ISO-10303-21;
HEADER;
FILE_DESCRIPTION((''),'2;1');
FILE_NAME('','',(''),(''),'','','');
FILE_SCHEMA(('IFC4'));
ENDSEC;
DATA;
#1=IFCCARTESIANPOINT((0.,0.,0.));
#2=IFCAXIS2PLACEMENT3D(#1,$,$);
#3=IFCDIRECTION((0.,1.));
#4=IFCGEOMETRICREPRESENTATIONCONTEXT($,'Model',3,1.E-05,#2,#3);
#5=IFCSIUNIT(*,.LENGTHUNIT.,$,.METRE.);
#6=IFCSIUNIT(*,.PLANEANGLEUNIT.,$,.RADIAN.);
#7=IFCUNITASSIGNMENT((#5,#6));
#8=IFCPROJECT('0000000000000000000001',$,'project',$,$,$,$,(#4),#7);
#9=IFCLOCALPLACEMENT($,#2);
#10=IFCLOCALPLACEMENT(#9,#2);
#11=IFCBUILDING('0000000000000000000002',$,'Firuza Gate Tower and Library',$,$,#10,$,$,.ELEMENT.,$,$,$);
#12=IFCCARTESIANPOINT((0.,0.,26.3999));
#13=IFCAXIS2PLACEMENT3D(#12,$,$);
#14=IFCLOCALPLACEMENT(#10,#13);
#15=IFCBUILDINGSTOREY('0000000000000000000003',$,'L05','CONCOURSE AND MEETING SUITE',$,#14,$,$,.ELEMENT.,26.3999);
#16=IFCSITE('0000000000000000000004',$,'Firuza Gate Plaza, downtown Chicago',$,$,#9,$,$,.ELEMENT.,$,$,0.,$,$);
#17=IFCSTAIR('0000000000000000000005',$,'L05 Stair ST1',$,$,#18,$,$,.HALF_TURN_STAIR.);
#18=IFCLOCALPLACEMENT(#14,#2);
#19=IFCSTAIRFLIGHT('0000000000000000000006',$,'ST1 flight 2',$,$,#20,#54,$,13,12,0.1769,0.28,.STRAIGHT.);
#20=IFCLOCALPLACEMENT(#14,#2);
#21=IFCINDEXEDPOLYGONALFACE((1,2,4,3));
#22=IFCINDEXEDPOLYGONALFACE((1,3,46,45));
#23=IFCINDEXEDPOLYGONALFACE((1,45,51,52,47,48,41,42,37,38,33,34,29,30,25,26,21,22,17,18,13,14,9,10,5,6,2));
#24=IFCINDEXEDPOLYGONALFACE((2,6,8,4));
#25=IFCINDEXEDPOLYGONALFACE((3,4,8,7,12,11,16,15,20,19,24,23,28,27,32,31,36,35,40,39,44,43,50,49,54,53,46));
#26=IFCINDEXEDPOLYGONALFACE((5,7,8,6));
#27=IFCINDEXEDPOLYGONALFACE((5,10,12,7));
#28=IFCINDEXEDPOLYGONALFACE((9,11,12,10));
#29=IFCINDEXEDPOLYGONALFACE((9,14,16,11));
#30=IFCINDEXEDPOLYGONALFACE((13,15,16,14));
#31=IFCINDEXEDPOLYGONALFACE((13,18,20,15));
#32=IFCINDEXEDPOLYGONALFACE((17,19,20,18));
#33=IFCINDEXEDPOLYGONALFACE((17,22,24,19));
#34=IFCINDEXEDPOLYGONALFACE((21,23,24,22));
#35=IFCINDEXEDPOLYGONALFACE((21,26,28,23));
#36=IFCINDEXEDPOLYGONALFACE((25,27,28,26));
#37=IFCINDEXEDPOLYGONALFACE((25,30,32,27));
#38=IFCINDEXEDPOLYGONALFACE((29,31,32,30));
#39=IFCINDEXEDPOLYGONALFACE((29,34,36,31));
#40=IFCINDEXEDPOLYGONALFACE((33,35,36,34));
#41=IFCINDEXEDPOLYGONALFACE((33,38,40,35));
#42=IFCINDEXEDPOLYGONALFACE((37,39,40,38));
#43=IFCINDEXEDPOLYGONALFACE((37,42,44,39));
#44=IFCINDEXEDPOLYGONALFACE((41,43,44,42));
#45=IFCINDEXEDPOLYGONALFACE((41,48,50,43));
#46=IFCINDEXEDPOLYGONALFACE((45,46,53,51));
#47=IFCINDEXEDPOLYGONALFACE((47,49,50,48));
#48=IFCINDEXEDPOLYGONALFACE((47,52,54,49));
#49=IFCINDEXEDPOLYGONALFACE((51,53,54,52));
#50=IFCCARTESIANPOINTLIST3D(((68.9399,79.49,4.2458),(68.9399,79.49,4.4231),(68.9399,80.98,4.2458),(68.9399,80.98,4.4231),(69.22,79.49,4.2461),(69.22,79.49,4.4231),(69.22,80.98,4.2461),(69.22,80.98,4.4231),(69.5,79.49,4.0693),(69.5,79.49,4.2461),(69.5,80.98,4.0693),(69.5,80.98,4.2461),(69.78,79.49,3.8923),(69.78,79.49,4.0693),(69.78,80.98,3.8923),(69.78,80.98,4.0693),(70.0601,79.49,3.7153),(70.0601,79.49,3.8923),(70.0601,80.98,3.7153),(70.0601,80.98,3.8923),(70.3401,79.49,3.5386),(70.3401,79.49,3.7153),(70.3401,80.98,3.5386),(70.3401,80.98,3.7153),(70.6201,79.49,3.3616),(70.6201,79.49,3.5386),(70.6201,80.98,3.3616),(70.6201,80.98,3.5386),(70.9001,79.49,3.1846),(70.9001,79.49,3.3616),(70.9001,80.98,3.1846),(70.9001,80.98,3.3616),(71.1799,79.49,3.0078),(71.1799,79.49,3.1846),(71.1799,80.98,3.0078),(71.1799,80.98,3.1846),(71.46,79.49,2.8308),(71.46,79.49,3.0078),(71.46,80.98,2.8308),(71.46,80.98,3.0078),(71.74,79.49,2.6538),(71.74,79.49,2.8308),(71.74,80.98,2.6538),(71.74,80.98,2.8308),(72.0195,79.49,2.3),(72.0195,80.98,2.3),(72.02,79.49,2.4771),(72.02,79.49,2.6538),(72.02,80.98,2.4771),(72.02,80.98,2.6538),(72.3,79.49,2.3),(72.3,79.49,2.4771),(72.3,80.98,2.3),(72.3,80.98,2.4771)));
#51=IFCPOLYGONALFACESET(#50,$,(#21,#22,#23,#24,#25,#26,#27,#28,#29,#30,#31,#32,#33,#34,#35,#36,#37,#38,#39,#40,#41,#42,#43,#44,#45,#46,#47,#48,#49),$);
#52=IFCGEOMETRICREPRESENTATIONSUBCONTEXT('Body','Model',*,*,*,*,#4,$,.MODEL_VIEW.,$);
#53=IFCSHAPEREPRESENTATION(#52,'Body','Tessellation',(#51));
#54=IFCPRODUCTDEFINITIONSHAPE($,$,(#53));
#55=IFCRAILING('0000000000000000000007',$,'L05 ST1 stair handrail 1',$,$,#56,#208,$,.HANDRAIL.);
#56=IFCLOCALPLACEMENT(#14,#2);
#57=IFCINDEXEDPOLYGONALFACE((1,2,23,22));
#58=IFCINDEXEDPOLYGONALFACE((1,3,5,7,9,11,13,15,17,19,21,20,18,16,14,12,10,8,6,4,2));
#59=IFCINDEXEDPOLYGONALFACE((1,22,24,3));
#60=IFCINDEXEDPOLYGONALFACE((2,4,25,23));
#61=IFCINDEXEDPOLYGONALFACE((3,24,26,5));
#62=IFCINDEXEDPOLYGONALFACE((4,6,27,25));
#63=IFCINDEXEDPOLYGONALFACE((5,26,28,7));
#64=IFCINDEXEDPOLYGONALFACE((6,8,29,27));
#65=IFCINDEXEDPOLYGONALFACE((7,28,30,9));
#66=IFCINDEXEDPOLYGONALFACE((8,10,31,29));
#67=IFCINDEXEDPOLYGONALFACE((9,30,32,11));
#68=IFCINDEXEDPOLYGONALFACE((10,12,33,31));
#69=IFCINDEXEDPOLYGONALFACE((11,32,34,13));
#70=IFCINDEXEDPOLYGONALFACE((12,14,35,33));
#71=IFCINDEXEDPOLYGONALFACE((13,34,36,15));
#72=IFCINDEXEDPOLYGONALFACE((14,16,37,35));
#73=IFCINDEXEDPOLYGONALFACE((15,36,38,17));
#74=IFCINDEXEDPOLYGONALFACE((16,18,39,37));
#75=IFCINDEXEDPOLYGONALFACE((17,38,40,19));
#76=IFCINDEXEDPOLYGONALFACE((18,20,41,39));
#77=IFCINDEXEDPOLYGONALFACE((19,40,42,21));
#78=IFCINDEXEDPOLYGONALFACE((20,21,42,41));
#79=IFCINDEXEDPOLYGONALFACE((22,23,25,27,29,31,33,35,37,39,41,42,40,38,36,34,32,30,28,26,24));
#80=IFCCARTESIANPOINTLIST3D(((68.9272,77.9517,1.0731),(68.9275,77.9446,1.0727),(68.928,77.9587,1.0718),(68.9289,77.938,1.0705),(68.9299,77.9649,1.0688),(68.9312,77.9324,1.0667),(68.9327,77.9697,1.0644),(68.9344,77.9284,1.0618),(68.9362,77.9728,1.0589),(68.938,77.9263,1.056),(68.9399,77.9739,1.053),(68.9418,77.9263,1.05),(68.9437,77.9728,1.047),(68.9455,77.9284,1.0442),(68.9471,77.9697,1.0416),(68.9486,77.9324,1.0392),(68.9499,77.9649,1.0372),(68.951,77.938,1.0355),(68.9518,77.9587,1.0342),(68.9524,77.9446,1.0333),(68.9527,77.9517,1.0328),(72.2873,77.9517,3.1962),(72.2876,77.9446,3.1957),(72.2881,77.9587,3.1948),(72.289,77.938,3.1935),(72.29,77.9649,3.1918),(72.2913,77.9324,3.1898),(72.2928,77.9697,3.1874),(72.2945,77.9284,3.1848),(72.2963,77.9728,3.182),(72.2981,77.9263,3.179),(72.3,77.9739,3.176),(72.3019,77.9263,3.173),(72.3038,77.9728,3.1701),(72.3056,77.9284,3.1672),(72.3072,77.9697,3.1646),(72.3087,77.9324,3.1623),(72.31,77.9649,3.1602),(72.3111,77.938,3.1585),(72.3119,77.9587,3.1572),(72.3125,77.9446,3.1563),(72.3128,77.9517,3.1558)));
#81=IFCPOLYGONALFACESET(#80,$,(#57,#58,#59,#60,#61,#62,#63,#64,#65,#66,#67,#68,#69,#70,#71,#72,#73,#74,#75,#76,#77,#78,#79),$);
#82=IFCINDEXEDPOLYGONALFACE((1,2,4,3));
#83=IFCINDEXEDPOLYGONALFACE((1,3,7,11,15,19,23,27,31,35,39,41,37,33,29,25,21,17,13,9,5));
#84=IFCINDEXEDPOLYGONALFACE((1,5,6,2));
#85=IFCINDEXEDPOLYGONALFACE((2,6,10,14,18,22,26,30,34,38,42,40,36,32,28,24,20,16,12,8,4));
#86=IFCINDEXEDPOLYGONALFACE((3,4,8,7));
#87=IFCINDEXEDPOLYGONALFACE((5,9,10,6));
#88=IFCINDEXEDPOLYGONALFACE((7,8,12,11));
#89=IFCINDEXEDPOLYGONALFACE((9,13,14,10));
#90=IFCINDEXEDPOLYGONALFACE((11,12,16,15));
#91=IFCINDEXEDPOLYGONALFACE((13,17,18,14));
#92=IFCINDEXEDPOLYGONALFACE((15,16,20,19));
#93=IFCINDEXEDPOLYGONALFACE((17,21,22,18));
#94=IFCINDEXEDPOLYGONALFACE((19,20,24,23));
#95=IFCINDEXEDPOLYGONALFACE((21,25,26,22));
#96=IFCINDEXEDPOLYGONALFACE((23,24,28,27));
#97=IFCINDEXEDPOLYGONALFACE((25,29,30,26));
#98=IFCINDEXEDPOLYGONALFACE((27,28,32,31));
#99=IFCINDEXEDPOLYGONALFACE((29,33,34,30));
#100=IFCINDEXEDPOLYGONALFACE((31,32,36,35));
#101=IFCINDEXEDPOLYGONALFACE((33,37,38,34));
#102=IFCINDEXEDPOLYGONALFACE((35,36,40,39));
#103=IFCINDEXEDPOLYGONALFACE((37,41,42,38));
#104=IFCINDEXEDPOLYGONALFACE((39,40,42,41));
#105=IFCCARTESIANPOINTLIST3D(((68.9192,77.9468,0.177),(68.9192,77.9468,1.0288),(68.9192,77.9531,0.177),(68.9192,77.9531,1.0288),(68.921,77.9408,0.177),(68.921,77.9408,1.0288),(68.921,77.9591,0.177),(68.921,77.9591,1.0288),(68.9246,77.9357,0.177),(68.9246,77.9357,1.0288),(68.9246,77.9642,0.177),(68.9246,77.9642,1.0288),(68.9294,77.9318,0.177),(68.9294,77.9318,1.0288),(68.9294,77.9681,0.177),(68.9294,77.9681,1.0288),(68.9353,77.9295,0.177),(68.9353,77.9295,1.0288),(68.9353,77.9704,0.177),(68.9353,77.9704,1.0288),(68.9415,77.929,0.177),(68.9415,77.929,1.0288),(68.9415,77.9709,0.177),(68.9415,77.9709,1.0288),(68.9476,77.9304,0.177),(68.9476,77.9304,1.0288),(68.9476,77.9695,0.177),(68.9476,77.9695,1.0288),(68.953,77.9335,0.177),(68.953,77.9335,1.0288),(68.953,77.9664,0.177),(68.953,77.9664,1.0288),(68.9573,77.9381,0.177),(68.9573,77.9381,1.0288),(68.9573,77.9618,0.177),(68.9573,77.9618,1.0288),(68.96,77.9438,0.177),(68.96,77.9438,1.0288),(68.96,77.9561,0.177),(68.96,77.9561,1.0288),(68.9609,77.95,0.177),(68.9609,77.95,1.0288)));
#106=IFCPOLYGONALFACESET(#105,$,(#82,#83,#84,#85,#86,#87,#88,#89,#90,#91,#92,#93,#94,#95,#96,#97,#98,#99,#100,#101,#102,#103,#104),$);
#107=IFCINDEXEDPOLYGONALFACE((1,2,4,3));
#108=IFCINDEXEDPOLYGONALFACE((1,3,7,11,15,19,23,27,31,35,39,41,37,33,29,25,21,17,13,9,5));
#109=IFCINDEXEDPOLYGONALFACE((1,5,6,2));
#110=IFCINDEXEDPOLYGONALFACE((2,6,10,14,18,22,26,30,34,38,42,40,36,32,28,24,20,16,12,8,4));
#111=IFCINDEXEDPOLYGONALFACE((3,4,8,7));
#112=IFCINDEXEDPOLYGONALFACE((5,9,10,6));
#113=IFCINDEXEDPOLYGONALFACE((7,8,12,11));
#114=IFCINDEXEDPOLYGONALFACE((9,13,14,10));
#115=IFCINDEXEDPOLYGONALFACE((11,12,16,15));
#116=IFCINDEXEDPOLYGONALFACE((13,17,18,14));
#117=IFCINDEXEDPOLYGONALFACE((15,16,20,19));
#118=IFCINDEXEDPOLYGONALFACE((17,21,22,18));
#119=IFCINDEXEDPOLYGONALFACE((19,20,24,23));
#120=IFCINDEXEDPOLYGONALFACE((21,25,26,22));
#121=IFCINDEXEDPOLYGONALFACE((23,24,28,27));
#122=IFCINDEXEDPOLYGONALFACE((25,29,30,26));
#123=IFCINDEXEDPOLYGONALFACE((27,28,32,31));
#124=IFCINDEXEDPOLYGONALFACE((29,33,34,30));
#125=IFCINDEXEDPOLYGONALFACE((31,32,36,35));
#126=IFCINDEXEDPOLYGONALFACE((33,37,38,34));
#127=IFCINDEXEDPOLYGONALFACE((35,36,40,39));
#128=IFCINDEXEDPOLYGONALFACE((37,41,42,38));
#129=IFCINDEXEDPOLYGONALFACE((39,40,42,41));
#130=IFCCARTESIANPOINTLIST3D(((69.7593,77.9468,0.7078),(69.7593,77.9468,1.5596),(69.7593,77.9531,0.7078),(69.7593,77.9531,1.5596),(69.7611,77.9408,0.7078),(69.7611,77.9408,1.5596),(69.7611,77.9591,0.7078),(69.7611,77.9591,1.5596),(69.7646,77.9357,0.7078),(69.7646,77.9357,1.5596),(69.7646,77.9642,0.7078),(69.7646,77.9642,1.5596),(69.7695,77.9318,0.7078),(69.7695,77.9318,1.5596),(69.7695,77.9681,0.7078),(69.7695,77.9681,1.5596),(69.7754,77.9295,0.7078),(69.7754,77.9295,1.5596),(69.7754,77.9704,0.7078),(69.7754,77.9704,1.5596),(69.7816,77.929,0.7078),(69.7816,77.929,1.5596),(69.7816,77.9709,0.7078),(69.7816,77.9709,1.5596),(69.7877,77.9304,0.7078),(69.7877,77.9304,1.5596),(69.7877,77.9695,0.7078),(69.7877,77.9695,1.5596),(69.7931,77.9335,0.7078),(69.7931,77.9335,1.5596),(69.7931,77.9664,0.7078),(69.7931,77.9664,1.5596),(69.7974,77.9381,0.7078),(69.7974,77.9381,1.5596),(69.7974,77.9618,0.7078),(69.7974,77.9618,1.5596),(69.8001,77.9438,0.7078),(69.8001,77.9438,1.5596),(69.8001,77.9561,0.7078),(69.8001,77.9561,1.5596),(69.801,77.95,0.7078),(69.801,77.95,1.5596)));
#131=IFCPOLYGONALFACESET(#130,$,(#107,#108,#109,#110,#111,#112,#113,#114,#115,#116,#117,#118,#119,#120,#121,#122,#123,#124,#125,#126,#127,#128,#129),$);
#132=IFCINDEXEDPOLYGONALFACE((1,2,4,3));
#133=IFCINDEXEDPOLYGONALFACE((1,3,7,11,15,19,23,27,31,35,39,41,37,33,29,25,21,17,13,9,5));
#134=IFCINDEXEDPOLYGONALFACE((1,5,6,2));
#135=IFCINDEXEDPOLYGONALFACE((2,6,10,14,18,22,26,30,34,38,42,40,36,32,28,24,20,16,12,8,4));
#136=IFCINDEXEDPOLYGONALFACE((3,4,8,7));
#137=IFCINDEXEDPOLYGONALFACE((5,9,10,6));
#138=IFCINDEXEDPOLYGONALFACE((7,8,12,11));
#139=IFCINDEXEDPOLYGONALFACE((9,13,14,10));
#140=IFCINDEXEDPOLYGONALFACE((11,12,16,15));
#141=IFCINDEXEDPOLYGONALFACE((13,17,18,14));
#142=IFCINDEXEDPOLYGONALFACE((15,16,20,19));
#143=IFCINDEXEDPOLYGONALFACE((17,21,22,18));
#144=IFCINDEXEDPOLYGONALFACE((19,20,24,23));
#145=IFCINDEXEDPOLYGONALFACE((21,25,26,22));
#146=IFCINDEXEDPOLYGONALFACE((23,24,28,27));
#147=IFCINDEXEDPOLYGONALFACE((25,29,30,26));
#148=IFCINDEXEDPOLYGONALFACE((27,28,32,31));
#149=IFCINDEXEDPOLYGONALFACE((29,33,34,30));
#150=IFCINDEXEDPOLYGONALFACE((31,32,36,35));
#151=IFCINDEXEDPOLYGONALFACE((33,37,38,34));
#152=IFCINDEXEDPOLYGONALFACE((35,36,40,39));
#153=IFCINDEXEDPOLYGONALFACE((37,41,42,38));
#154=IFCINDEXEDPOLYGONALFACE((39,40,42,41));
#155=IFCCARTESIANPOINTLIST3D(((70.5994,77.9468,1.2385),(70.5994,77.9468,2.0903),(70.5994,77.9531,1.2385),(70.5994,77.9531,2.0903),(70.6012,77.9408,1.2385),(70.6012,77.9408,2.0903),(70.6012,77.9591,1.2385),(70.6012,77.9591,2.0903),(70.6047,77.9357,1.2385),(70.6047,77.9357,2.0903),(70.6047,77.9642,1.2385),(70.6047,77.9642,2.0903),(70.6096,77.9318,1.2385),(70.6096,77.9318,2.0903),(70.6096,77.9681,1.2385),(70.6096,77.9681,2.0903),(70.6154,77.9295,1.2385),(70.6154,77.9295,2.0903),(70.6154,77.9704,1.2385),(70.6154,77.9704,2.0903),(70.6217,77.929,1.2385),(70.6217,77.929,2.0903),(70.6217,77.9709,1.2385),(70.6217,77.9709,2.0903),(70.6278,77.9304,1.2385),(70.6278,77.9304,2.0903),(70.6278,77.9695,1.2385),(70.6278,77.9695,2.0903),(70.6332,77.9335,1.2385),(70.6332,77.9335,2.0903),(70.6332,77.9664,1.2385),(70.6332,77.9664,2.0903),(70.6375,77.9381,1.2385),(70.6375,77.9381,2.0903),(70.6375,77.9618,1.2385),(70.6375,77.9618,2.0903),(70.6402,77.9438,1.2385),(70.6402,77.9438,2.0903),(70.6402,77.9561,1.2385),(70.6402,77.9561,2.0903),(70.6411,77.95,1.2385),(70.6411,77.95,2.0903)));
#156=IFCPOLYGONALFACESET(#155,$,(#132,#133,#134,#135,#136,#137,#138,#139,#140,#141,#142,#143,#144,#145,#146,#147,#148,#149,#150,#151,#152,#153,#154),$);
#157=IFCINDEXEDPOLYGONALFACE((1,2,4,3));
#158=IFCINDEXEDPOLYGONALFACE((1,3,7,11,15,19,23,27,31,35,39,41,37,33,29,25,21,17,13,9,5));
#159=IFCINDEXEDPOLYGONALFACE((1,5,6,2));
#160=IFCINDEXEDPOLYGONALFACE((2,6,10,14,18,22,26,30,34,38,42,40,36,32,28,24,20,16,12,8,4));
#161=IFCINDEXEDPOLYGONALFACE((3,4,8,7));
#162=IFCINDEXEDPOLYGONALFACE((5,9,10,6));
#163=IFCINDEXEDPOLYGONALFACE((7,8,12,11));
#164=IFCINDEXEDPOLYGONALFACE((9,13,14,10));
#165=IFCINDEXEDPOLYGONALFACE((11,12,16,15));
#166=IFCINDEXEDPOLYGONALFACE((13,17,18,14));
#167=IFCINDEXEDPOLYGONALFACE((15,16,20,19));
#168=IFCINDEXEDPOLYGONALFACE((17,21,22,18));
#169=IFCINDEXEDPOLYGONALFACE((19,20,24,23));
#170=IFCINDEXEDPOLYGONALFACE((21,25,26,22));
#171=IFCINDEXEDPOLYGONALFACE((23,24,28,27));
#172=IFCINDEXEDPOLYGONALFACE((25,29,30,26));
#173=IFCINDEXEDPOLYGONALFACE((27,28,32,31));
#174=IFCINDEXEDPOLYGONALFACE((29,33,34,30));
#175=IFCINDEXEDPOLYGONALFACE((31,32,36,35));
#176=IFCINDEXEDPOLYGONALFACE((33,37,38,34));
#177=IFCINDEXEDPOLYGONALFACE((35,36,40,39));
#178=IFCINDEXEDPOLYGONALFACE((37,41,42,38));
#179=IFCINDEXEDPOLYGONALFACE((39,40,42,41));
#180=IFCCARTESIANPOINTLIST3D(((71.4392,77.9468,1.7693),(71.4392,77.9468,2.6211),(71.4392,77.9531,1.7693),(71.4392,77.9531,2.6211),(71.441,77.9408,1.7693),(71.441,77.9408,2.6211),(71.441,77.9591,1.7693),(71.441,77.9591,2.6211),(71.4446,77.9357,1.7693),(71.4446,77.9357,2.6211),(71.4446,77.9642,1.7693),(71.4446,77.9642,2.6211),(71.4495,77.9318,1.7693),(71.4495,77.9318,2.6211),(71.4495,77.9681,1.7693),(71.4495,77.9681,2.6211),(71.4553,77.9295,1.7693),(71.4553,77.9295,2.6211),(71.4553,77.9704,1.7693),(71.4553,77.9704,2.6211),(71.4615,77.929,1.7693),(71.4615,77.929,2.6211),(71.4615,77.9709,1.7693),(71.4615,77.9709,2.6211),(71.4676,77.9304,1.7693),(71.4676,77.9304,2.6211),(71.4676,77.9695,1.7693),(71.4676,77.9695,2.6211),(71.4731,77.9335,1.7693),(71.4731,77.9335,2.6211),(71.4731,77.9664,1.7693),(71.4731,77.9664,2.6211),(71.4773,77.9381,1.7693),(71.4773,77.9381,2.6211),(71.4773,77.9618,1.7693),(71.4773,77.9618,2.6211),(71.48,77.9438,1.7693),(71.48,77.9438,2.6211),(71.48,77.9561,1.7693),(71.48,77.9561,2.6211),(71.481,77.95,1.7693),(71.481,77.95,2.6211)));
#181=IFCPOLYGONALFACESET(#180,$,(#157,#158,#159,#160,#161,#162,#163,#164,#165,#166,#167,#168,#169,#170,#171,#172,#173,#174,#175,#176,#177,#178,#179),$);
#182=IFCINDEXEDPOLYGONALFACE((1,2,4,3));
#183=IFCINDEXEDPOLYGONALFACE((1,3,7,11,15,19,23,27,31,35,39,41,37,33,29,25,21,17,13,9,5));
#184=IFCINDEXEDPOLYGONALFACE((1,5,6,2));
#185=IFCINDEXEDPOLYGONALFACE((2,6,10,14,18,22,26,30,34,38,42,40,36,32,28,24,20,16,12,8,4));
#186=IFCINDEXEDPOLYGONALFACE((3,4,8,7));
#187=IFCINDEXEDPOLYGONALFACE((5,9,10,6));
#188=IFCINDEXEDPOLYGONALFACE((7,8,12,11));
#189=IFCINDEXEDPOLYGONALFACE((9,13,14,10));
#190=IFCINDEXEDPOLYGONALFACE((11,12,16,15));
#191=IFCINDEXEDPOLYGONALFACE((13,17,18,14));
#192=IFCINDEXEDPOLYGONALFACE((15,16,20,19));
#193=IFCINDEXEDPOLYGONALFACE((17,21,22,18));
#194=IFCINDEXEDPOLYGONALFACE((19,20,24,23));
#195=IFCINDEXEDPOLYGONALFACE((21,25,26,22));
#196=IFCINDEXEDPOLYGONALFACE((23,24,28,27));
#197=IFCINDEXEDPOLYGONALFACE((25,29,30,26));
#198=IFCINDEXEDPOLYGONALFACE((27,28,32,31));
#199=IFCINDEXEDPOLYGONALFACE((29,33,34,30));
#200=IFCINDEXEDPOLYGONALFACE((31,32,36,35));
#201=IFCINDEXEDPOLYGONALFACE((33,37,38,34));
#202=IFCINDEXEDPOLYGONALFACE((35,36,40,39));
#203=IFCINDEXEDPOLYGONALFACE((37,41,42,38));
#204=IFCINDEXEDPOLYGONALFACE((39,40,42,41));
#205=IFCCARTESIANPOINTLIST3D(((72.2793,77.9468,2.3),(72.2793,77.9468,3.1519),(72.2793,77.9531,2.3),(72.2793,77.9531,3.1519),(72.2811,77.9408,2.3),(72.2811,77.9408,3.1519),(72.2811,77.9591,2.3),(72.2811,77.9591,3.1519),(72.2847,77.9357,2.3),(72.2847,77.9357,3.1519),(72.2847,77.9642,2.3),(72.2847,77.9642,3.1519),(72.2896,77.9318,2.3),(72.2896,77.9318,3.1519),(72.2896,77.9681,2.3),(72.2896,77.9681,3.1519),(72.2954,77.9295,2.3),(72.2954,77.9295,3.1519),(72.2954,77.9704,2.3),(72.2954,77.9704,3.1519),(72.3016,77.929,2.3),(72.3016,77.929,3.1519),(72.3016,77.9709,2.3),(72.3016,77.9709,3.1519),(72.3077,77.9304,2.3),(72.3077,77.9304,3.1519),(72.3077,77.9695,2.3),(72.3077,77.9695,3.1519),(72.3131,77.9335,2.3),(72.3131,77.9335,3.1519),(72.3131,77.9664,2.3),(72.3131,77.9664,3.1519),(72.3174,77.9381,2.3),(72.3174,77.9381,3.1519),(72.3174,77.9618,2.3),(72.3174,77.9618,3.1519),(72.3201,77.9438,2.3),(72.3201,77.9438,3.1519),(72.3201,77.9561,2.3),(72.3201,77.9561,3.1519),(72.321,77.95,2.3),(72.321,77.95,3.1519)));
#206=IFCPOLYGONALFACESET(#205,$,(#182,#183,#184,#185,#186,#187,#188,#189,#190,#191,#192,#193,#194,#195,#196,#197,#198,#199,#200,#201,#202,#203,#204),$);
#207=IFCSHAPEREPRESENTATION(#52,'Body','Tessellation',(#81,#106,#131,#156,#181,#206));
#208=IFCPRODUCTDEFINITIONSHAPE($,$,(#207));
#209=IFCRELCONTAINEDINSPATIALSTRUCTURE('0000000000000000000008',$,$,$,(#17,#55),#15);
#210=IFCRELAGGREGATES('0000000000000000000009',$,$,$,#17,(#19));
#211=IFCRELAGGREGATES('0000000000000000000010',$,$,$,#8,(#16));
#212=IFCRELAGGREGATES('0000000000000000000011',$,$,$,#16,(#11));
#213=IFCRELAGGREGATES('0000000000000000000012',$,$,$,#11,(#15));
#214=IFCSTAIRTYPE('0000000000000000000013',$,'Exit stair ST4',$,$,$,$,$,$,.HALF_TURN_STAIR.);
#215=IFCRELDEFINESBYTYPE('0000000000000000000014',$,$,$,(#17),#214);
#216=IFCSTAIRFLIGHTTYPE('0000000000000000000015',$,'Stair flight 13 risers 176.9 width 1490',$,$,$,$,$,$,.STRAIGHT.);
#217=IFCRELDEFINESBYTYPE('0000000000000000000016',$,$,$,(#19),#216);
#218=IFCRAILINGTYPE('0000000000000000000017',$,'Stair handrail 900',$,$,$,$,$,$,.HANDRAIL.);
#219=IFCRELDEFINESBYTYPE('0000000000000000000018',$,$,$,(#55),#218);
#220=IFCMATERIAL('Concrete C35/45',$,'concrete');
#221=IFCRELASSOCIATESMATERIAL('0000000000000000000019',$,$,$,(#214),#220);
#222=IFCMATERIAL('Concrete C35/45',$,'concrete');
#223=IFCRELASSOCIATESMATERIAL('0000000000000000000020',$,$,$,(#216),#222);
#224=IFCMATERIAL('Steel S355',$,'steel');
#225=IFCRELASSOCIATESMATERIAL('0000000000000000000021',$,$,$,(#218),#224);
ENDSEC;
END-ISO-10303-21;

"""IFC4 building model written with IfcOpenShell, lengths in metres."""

from ifc_helpers import new_model, si_unit, direction, frame, origin, origin_2d, place, context, subcontext, project, spatial, polyline, circle, outline, extrude, material, type_object, element, aggregate, save


model = new_model("IFC4")

# Units and contexts
model_context = context("Model", 3, precision=1e-05, world=origin(), true_north=direction((0.0, 1.0)))
body_context = subcontext(model_context, "Body", "Model", "MODEL_VIEW")
ifc_project = project(units=[si_unit("LENGTHUNIT", "METRE"), si_unit("PLANEANGLEUNIT", "RADIAN")], contexts=[model_context])

# Site, building, storey
site_placement = place(None, origin())
site = spatial("IfcSite", under=ifc_project, at=site_placement, Name="Firuza Gate Plaza, downtown Chicago", CompositionType="ELEMENT", RefElevation=0.0)
building_placement = place(site_placement, origin())
building = spatial("IfcBuilding", under=site, at=building_placement, Name="Firuza Gate Tower and Library", CompositionType="ELEMENT")
storey_placement = place(building_placement, frame((0.0, 0.0, 26.3999)))
storey = spatial("IfcBuildingStorey", under=building, at=storey_placement, Name="L05", Description="CONCOURSE AND MEETING SUITE", CompositionType="ELEMENT", Elevation=26.3999)

# Stair, stair flight
ifc_material_1 = material(Name="Concrete C35/45", Category="concrete")
stair_type = type_object("IfcStairType", Name="Exit stair ST4", PredefinedType="HALF_TURN_STAIR", material=ifc_material_1)
stair_placement = place(storey_placement, origin())
stair = element("IfcStair", 1, at=stair_placement, inside=storey, type_object=stair_type, Name="L05 Stair ST1", PredefinedType="HALF_TURN_STAIR")
ifc_material_2 = material(Name="Concrete C35/45", Category="concrete")
stair_flight_type = type_object("IfcStairFlightType", Name="Stair flight 13 risers 176.9 width 1490", PredefinedType="STRAIGHT", material=ifc_material_2)
stair_flight_1_placement = place(storey_placement, frame((72.3, 80.2351, 2.3), z_axis=(0.0, 0.0, 1.0), x_axis=(-1.0, 0.0, 0.0)))
stair_flight_1 = element("IfcStairFlight", 2, at=stair_flight_1_placement, type_object=stair_flight_type, Name="ST1 flight 2", NumberOfRisers=13, NumberOfTreads=12, PredefinedType="STRAIGHT", RiserHeight=0.1769, TreadLength=0.28, context=body_context, shape_type="SweptSolid", body=[
    extrude(outline(polyline([(0.0, 0.0), (0.0, 0.177), (0.28, 0.177), (0.28, 0.3538), (0.5601, 0.3538), (0.5601, 0.5308), (0.8401, 0.5308), (0.8401, 0.7078), (1.1201, 0.7078), (1.1201, 0.8845), (1.3999, 0.8845), (1.3999, 1.0615), (1.6799, 1.0615), (1.6799, 1.2385), (1.96, 1.2385), (1.96, 1.4153), (2.24, 1.4153), (2.24, 1.5923), (2.52, 1.5923), (2.52, 1.7693), (2.8, 1.7693), (2.8, 1.946), (3.0801, 1.946), (3.0801, 2.123), (3.3601, 2.123), (3.3601, 2.3), (3.3601, 1.9458), (0.2805, 0.0), (0.0, 0.0)])), frame((0.0, 0.7451, 0.0), z_axis=(0.0, -1.0, 0.0), x_axis=(1.0, 0.0, 0.0)), (0.0, 0.0, 1.0), 1.49),
])
aggregate(stair, [stair_flight_1])

# Railing
ifc_material_3 = material(Name="Steel S355", Category="steel")
railing_type_1 = type_object("IfcRailingType", Name="Stair handrail 900", PredefinedType="HANDRAIL", material=ifc_material_3)
railing_1_placement = place(storey_placement, frame((68.9399, 77.95, 0.177)))
element("IfcRailing", 3, at=railing_1_placement, inside=storey, type_object=railing_type_1, Name="L05 ST1 stair handrail 1", PredefinedType="HANDRAIL", context=body_context, shape_type="SweptSolid", body=[
    extrude(circle(Radius=0.0239, at=origin_2d()), frame((0.0, 0.0, 0.876), z_axis=(0.84539, 0.0, 0.53415), x_axis=(0.0, 1.0, 0.0)), (0.0, 0.0, 1.0), 3.9746),
    extrude(circle(Radius=0.021, at=origin_2d()), origin(), (0.0, 0.0, 1.0), 0.8518),
    extrude(circle(Radius=0.021, at=origin_2d()), frame((0.8401, 0.0, 0.5308)), (0.0, 0.0, 1.0), 0.8518),
    extrude(circle(Radius=0.021, at=origin_2d()), frame((1.6802, 0.0, 1.0615)), (0.0, 0.0, 1.0), 0.8518),
    extrude(circle(Radius=0.021, at=origin_2d()), frame((2.52, 0.0, 1.5923)), (0.0, 0.0, 1.0), 0.8518),
    extrude(circle(Radius=0.021, at=origin_2d()), frame((3.3601, 0.0, 2.123)), (0.0, 0.0, 1.0), 0.8518),
])

save(model, "model.ifc")
